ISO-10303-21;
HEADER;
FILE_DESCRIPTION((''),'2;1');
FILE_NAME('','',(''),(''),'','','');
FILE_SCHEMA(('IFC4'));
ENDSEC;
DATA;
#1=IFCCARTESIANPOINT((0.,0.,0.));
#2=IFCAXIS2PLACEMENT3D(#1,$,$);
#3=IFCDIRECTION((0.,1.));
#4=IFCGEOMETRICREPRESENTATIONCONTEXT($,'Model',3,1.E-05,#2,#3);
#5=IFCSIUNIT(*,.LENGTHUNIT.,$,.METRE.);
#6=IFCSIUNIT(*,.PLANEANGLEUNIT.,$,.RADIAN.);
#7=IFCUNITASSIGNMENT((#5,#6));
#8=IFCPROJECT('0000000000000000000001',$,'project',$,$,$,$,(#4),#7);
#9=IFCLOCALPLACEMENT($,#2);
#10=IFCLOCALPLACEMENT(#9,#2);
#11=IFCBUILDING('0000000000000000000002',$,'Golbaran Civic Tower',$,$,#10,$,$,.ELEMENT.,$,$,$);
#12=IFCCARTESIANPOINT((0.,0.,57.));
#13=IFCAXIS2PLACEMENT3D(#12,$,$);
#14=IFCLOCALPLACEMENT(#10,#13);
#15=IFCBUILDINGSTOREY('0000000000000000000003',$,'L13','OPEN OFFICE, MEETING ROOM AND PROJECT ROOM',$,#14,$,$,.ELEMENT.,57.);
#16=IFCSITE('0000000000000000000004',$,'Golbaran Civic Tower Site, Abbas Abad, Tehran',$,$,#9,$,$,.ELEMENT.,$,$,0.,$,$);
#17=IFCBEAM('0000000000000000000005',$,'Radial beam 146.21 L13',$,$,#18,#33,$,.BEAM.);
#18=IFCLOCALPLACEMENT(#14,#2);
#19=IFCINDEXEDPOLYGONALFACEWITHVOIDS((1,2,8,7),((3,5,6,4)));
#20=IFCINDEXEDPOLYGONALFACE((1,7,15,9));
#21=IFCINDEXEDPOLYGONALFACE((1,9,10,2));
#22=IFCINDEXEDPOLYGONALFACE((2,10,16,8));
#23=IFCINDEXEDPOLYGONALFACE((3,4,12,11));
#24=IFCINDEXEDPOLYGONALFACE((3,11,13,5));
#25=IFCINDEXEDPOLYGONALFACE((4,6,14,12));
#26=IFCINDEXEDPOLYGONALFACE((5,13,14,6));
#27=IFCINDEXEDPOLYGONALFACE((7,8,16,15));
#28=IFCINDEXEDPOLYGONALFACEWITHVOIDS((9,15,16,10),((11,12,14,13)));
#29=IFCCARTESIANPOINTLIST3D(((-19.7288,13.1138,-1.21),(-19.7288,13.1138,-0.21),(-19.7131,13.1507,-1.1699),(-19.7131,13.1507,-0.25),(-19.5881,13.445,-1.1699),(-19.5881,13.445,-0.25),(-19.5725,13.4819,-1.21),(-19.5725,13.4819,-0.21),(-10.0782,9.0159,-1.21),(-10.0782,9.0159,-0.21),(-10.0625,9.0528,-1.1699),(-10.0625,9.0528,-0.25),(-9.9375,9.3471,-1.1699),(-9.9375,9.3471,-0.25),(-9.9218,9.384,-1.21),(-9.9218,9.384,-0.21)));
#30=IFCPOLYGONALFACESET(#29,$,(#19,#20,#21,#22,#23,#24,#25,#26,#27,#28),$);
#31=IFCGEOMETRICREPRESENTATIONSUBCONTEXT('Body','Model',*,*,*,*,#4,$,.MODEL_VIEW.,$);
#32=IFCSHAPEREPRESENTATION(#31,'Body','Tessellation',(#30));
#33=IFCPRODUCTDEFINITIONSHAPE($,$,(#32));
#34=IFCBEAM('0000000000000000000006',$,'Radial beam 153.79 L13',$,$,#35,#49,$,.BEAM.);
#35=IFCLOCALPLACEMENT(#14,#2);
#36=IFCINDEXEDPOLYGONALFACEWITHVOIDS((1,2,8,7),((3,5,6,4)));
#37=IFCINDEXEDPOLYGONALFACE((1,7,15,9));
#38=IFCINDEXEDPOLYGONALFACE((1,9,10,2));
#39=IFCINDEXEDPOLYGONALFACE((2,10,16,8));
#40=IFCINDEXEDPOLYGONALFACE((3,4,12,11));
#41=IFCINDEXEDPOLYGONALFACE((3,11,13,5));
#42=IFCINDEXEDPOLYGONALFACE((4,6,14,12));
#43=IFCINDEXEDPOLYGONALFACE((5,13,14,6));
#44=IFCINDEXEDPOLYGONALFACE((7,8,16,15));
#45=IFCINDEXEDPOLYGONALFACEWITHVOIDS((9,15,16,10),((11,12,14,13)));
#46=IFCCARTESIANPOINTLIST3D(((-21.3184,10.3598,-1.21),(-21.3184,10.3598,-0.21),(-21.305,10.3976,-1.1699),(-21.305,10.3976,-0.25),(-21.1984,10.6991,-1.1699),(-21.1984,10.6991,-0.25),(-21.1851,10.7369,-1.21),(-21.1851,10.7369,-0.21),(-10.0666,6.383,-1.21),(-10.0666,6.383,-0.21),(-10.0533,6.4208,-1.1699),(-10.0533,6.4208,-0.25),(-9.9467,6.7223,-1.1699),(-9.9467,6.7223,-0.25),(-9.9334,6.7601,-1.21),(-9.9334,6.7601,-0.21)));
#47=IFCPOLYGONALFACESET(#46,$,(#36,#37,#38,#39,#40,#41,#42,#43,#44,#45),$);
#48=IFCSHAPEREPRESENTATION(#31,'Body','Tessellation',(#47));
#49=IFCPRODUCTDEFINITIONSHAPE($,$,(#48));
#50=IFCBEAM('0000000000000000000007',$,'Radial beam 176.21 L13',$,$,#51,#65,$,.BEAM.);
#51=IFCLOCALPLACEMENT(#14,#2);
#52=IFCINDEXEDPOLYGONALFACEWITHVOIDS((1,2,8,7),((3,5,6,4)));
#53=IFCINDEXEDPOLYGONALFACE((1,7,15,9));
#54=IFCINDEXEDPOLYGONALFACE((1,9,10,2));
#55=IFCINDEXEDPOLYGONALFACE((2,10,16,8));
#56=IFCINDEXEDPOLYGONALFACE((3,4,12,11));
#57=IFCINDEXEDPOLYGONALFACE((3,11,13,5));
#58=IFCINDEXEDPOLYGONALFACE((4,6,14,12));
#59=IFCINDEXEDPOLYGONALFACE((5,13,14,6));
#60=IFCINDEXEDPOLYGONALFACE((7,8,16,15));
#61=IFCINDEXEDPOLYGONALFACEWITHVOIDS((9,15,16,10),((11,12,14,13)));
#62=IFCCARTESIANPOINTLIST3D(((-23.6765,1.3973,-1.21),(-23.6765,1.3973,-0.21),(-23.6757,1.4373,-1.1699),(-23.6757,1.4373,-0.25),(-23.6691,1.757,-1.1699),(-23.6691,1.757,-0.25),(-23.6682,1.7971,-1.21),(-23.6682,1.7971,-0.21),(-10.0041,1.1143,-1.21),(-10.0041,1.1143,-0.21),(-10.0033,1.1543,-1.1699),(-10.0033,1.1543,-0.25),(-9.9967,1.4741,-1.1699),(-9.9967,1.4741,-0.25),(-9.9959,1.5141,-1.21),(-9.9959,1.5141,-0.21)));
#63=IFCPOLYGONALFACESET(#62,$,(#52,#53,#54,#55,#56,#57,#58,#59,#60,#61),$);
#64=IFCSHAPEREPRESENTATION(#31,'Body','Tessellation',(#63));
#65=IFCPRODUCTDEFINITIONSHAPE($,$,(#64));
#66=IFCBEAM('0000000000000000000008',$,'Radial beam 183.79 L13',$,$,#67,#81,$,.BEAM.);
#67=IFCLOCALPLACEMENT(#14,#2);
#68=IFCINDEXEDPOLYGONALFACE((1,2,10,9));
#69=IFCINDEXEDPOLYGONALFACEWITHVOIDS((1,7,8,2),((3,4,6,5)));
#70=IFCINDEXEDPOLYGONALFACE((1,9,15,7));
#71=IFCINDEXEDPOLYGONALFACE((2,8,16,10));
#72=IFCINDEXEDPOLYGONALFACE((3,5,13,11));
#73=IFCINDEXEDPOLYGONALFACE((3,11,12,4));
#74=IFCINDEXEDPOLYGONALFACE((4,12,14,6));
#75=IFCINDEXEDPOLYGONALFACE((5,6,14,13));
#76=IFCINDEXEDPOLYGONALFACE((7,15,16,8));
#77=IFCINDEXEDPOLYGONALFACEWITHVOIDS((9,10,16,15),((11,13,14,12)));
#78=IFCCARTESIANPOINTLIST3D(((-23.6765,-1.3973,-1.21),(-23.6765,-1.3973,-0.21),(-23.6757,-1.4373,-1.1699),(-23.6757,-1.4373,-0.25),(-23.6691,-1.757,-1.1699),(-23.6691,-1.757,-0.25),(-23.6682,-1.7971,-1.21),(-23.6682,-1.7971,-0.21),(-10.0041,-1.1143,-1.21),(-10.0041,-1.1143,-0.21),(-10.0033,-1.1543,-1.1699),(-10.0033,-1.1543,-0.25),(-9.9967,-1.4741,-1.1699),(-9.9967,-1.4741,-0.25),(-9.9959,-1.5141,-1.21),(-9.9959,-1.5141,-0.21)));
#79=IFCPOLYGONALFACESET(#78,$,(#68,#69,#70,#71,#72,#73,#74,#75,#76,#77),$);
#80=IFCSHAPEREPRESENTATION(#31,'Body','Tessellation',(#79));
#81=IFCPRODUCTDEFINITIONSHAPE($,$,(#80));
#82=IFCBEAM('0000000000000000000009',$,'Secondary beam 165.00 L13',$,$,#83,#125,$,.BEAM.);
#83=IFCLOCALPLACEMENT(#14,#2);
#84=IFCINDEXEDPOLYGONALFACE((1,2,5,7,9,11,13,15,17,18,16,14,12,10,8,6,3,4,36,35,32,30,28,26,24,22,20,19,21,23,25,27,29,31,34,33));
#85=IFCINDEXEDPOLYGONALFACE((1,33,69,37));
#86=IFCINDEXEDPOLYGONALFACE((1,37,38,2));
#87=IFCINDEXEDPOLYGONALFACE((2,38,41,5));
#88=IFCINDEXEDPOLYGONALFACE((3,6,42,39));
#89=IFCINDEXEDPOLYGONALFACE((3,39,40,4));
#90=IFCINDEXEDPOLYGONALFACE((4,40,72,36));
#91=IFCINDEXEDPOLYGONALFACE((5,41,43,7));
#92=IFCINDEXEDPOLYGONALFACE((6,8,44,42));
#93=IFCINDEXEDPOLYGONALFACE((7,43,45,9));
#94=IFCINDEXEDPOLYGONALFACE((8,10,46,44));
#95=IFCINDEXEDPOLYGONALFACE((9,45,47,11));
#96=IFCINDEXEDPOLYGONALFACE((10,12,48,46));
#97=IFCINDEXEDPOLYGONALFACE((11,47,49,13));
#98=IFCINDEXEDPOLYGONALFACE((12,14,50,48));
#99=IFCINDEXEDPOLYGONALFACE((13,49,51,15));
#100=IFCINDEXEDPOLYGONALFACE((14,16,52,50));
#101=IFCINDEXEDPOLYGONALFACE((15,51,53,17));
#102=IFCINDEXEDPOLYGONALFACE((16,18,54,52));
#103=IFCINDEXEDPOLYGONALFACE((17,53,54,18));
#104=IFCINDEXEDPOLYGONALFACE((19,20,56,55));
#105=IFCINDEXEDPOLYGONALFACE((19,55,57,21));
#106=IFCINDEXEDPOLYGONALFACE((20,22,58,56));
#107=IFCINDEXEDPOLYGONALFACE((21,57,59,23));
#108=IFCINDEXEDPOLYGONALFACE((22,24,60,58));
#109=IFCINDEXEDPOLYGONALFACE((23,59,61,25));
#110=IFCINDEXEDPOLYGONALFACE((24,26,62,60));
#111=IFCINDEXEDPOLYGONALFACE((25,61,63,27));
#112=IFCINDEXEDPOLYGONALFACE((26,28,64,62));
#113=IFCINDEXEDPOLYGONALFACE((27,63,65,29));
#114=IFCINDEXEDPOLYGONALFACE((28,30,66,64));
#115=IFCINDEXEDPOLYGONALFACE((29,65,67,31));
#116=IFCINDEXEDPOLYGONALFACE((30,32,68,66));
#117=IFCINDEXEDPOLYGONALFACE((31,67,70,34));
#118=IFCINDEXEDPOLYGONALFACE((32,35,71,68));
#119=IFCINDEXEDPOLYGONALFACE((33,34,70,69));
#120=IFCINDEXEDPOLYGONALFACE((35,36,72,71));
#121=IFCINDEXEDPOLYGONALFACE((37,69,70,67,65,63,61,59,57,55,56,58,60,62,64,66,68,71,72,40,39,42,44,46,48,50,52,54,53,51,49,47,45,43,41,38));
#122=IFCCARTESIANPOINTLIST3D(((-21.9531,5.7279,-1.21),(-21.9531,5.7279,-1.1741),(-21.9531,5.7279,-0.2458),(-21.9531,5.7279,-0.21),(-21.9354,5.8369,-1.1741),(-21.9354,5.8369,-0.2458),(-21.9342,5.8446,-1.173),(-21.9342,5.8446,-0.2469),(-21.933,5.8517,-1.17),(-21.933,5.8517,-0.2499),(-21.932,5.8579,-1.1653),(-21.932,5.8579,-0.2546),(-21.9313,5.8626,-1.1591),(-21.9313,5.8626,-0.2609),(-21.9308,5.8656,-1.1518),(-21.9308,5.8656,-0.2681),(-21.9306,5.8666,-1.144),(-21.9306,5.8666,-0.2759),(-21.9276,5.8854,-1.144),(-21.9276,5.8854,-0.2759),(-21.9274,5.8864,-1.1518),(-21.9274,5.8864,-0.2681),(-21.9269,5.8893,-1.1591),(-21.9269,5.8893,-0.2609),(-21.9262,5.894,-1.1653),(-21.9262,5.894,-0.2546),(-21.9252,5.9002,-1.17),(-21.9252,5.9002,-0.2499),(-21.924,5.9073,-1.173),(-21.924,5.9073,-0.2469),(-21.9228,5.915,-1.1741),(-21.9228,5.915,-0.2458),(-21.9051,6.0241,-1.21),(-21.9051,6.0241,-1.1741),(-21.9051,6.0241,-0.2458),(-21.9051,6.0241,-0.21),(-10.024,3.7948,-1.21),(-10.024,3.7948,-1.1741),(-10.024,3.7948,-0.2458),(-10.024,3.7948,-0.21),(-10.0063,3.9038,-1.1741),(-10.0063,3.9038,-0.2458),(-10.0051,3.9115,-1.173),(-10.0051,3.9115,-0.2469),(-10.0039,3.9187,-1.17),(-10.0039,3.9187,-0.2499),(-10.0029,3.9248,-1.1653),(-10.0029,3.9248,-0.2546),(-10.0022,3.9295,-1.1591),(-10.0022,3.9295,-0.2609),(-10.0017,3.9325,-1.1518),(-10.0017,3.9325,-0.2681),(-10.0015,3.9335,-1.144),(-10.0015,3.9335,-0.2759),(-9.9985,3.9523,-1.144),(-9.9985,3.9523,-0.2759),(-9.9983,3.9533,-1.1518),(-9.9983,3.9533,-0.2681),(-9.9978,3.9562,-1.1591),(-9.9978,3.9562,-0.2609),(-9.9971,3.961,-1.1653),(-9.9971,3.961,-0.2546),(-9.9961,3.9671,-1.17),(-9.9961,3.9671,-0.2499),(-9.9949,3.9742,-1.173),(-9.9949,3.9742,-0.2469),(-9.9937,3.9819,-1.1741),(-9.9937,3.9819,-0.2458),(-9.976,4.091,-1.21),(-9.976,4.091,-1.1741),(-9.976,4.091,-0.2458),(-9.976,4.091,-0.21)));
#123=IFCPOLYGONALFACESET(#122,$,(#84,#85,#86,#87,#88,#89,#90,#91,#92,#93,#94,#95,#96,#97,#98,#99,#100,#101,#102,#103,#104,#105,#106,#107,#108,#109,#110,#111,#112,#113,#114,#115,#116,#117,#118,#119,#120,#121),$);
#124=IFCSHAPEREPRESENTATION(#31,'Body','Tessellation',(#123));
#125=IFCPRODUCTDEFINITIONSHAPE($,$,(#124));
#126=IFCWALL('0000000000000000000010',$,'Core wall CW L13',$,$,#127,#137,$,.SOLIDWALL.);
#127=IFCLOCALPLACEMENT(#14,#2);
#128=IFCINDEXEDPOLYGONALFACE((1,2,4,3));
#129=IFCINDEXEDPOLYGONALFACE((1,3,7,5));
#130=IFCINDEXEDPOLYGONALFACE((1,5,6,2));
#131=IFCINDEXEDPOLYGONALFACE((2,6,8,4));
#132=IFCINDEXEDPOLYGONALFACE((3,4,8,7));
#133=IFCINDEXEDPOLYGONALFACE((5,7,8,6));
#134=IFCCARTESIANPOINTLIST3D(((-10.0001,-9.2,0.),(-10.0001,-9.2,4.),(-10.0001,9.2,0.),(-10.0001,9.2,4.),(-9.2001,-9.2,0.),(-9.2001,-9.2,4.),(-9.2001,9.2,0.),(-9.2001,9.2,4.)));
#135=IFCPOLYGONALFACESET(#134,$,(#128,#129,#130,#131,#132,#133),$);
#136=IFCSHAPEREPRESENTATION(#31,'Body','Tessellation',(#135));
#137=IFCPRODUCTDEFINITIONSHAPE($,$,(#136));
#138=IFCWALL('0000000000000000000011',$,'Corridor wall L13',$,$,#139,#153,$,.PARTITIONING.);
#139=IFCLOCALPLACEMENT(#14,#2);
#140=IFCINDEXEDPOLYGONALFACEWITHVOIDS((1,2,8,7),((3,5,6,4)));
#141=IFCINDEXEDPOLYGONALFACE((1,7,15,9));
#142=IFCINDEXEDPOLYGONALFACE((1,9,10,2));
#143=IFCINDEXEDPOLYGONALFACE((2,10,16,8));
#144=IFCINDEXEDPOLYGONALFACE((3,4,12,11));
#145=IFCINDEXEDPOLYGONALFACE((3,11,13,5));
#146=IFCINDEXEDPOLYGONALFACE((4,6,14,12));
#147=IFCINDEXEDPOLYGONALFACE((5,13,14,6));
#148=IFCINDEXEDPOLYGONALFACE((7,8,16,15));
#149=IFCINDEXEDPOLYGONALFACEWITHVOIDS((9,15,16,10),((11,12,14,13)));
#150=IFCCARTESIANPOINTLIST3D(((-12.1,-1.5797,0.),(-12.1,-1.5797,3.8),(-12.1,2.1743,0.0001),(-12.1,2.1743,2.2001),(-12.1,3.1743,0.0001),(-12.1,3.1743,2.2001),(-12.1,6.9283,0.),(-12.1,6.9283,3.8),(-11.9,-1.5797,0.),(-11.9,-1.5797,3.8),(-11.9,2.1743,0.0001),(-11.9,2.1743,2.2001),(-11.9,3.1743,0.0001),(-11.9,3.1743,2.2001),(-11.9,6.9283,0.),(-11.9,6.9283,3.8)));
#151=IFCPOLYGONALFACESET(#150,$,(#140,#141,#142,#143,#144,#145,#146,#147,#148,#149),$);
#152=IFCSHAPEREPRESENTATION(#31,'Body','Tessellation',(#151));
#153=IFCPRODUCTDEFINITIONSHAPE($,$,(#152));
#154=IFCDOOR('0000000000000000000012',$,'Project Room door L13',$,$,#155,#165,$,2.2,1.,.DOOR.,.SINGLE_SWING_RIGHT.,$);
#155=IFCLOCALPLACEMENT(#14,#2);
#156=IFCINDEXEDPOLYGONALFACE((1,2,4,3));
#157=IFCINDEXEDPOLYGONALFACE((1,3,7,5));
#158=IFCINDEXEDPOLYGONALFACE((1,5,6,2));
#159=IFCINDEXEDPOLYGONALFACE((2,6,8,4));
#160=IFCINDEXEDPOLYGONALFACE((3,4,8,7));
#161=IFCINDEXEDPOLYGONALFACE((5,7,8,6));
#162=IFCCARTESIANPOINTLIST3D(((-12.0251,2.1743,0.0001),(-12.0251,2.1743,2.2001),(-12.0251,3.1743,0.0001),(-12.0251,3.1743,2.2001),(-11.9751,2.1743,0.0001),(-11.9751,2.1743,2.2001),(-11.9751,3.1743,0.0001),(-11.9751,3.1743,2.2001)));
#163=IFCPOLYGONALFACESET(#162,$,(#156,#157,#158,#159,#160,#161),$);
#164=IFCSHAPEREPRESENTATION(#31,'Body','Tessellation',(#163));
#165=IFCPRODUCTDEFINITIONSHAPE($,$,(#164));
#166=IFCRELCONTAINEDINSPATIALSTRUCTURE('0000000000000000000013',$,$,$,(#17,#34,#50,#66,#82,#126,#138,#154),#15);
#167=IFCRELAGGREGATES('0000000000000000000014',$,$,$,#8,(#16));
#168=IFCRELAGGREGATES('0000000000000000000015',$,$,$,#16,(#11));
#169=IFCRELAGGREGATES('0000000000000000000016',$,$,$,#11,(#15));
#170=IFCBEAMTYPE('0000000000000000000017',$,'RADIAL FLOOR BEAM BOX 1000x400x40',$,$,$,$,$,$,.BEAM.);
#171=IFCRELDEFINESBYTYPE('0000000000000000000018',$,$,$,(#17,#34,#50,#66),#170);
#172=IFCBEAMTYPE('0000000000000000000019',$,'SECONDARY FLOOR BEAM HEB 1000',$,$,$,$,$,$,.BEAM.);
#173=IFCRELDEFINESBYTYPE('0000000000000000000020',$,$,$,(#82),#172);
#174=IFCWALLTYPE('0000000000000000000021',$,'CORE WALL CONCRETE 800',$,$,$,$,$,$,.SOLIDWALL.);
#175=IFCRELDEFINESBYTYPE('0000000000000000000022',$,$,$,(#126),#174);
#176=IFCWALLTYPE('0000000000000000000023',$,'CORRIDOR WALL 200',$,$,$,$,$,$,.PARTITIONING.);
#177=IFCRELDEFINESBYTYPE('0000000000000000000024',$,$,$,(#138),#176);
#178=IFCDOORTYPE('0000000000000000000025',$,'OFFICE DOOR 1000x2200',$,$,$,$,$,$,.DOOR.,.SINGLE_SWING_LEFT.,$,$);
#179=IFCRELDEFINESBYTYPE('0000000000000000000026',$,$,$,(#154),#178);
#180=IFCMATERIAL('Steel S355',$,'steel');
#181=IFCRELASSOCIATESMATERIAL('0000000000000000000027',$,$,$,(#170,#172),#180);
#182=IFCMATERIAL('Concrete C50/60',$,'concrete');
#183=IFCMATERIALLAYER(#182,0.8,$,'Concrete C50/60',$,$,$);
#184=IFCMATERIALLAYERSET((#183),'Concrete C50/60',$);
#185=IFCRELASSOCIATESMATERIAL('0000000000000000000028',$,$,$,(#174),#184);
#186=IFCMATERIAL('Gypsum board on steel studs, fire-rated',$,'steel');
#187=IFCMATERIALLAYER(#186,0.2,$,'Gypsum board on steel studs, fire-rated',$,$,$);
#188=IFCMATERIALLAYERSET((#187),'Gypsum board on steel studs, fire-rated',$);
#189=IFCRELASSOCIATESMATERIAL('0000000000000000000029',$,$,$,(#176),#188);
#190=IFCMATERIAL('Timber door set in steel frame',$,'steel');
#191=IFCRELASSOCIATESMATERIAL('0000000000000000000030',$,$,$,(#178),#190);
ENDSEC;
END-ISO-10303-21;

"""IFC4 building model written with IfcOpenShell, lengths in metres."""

from ifc_helpers import new_model, si_unit, direction, frame, frame_2d, origin, origin_2d, place, context, subcontext, project, spatial, rectangle, hollow_rectangle, i_section, extrude, material, layer, layer_set, material_profile, profile_set, type_object, element, fill, save


model = new_model("IFC4")

# Units and contexts
model_context = context("Model", 3, precision=1e-05, world=origin(), true_north=direction((0.0, 1.0)))
body_context = subcontext(model_context, "Body", "Model", "MODEL_VIEW")
ifc_project = project(units=[si_unit("LENGTHUNIT", "METRE"), si_unit("PLANEANGLEUNIT", "RADIAN")], contexts=[model_context])

# Site, building, storey
site_placement = place(None, origin())
site = spatial("IfcSite", under=ifc_project, at=site_placement, Name="Golbaran Civic Tower Site, Abbas Abad, Tehran", CompositionType="ELEMENT", RefElevation=0.0)
building_placement = place(site_placement, origin())
building = spatial("IfcBuilding", under=site, at=building_placement, Name="Golbaran Civic Tower", CompositionType="ELEMENT")
storey_placement = place(building_placement, frame((0.0, 0.0, 57.0)))
storey = spatial("IfcBuildingStorey", under=building, at=storey_placement, Name="L13", Description="OPEN OFFICE, MEETING ROOM AND PROJECT ROOM", CompositionType="ELEMENT", Elevation=57.0)

# Beams
ifc_material_1 = material(Name="Steel S355", Category="steel")
ifc_material_profile_1 = material_profile(ifc_material_1, hollow_rectangle(XDim=0.3999, YDim=1.0, WallThickness=0.04, at=origin_2d()), Name="BOX 1000x400x40")
ifc_profile_set_1 = profile_set([ifc_material_profile_1], Name="Steel S355")
beam_type_1 = type_object("IfcBeamType", Name="RADIAL FLOOR BEAM BOX 1000x400x40", PredefinedType="BEAM", material=ifc_profile_set_1)
beam_1_placement = place(storey_placement, frame((-10.0, 9.2, -0.71), z_axis=(-0.920455, 0.390848, 0.0), x_axis=(-0.390848, -0.920455, 0.0)))
element("IfcBeam", 1, at=beam_1_placement, inside=storey, type_object=beam_type_1, Name="Radial beam 146.21 L13", PredefinedType="BEAM", context=body_context, shape_type="SweptSolid", body=[
    extrude(hollow_rectangle(XDim=0.3999, YDim=1.0, WallThickness=0.04, at=origin_2d()), origin(), (0.0, 0.0, 1.0), 10.4846),
])
beam_2_placement = place(storey_placement, frame((-10.0, 6.5715, -0.71), z_axis=(-0.942843, 0.333238, 0.0), x_axis=(-0.333238, -0.942843, 0.0)))
element("IfcBeam", 2, at=beam_2_placement, inside=storey, type_object=beam_type_1, Name="Radial beam 153.79 L13", PredefinedType="BEAM", context=body_context, shape_type="SweptSolid", body=[
    extrude(hollow_rectangle(XDim=0.3999, YDim=1.0, WallThickness=0.04, at=origin_2d()), origin(), (0.0, 0.0, 1.0), 11.9338),
])
for number, where, z_axis, x_axis, name in (
    (3, (-10.0, 1.3142, -0.71), (-0.999786, 0.020691, 0.0), (-0.020691, -0.999786, 0.0), "Radial beam 176.21 L13"),
    (4, (-10.0, -1.3142, -0.71), (-0.999786, -0.020691, 0.0), (0.020691, -0.999786, 0.0), "Radial beam 183.79 L13"),
):
    element("IfcBeam", number, at=place(storey_placement, frame(where, z_axis=z_axis, x_axis=x_axis)), inside=storey, type_object=beam_type_1, Name=name, PredefinedType="BEAM", context=body_context, shape_type="SweptSolid", body=[
        extrude(hollow_rectangle(XDim=0.3999, YDim=1.0, WallThickness=0.04, at=origin_2d()), origin(), (0.0, 0.0, 1.0), 13.6753),
    ])
ifc_material_profile_2 = material_profile(ifc_material_1, i_section(OverallWidth=0.3, OverallDepth=1.0, WebThickness=0.019, FlangeThickness=0.0359, FilletRadius=0.03, at=origin_2d()), Name="HEB 1000")
ifc_profile_set_2 = profile_set([ifc_material_profile_2], Name="Steel S355")
beam_type_2 = type_object("IfcBeamType", Name="SECONDARY FLOOR BEAM HEB 1000", PredefinedType="BEAM", material=ifc_profile_set_2)
beam_3_placement = place(storey_placement, frame((-10.0, 3.9429, -0.71), z_axis=(-0.987123, 0.159962, 0.0), x_axis=(-0.159962, -0.987123, 0.0)))
element("IfcBeam", 5, at=beam_3_placement, inside=storey, type_object=beam_type_2, Name="Secondary beam 165.00 L13", PredefinedType="BEAM", context=body_context, shape_type="SweptSolid", body=[
    extrude(i_section(OverallWidth=0.3, OverallDepth=1.0, WebThickness=0.019, FlangeThickness=0.0359, FilletRadius=0.03, at=origin_2d()), origin(), (0.0, 0.0, 1.0), 12.0847),
])

# Wall
ifc_material_2 = material(Name="Concrete C50/60", Category="concrete")
ifc_layer_1 = layer(ifc_material_2, 0.8, Name="Concrete C50/60")
ifc_layer_set_1 = layer_set([ifc_layer_1], Name="Concrete C50/60")
wall_type_1 = type_object("IfcWallType", Name="CORE WALL CONCRETE 800", PredefinedType="SOLIDWALL", material=ifc_layer_set_1)
wall_1_placement = place(storey_placement, frame((-9.6001, 9.2, 0.0), z_axis=(0.0, 0.0, 1.0), x_axis=(0.0, -1.0, 0.0)))
element("IfcWall", 6, at=wall_1_placement, inside=storey, type_object=wall_type_1, Name="Core wall CW L13", PredefinedType="SOLIDWALL", context=body_context, shape_type="SweptSolid", body=[
    extrude(rectangle(XDim=18.3999, YDim=0.8, at=frame_2d((9.2, 0.0))), origin(), (0.0, 0.0, 1.0), 4.0),
])

# Wall, opening, door
ifc_material_3 = material(Name="Gypsum board on steel studs, fire-rated", Category="steel")
ifc_layer_2 = layer(ifc_material_3, 0.2, Name="Gypsum board on steel studs, fire-rated")
ifc_layer_set_2 = layer_set([ifc_layer_2], Name="Gypsum board on steel studs, fire-rated")
wall_type_2 = type_object("IfcWallType", Name="CORRIDOR WALL 200", PredefinedType="PARTITIONING", material=ifc_layer_set_2)
wall_2_placement = place(storey_placement, frame((-12.0, 6.9282, 0.0), z_axis=(0.0, 0.0, 1.0), x_axis=(0.0, -1.0, 0.0)))
wall_2 = element("IfcWall", 7, at=wall_2_placement, inside=storey, type_object=wall_type_2, Name="Corridor wall L13", PredefinedType="PARTITIONING", context=body_context, shape_type="SweptSolid", body=[
    extrude(rectangle(XDim=8.5081, YDim=0.2, at=frame_2d((4.2539, 0.0))), origin(), (0.0, 0.0, 1.0), 3.8),
])
opening_1_placement = place(wall_2_placement, frame((3.7539, 0.0, 0.0)))
opening_1 = element("IfcOpeningElement", 8, at=opening_1_placement, cuts=wall_2, PredefinedType="OPENING", context=body_context, shape_type="SweptSolid", body=[
    extrude(rectangle(XDim=1.0, YDim=2.2, at=frame_2d((0.5, 1.1001))), frame((0.0, 0.1099, 0.0), z_axis=(0.0, -1.0, 0.0), x_axis=(1.0, 0.0, 0.0)), (0.0, 0.0, 1.0), 0.22),
])
ifc_material_4 = material(Name="Timber door set in steel frame", Category="steel")
door_type_1 = type_object("IfcDoorType", Name="OFFICE DOOR 1000x2200", OperationType="SINGLE_SWING_LEFT", PredefinedType="DOOR", material=ifc_material_4)
door_1_placement = place(opening_1_placement, origin())
door_1 = element("IfcDoor", 9, at=door_1_placement, inside=storey, type_object=door_type_1, Name="Project Room door L13", OperationType="SINGLE_SWING_RIGHT", OverallHeight=2.2, OverallWidth=1.0, PredefinedType="DOOR", context=body_context, shape_type="SweptSolid", body=[
    extrude(rectangle(XDim=1.0, YDim=2.2, at=frame_2d((0.5, 1.1001))), frame((0.0, 0.0249, 0.0), z_axis=(0.0, -1.0, 0.0), x_axis=(1.0, 0.0, 0.0)), (0.0, 0.0, 1.0), 0.05),
])
fill(opening_1, door_1)

save(model, "model.ifc")
